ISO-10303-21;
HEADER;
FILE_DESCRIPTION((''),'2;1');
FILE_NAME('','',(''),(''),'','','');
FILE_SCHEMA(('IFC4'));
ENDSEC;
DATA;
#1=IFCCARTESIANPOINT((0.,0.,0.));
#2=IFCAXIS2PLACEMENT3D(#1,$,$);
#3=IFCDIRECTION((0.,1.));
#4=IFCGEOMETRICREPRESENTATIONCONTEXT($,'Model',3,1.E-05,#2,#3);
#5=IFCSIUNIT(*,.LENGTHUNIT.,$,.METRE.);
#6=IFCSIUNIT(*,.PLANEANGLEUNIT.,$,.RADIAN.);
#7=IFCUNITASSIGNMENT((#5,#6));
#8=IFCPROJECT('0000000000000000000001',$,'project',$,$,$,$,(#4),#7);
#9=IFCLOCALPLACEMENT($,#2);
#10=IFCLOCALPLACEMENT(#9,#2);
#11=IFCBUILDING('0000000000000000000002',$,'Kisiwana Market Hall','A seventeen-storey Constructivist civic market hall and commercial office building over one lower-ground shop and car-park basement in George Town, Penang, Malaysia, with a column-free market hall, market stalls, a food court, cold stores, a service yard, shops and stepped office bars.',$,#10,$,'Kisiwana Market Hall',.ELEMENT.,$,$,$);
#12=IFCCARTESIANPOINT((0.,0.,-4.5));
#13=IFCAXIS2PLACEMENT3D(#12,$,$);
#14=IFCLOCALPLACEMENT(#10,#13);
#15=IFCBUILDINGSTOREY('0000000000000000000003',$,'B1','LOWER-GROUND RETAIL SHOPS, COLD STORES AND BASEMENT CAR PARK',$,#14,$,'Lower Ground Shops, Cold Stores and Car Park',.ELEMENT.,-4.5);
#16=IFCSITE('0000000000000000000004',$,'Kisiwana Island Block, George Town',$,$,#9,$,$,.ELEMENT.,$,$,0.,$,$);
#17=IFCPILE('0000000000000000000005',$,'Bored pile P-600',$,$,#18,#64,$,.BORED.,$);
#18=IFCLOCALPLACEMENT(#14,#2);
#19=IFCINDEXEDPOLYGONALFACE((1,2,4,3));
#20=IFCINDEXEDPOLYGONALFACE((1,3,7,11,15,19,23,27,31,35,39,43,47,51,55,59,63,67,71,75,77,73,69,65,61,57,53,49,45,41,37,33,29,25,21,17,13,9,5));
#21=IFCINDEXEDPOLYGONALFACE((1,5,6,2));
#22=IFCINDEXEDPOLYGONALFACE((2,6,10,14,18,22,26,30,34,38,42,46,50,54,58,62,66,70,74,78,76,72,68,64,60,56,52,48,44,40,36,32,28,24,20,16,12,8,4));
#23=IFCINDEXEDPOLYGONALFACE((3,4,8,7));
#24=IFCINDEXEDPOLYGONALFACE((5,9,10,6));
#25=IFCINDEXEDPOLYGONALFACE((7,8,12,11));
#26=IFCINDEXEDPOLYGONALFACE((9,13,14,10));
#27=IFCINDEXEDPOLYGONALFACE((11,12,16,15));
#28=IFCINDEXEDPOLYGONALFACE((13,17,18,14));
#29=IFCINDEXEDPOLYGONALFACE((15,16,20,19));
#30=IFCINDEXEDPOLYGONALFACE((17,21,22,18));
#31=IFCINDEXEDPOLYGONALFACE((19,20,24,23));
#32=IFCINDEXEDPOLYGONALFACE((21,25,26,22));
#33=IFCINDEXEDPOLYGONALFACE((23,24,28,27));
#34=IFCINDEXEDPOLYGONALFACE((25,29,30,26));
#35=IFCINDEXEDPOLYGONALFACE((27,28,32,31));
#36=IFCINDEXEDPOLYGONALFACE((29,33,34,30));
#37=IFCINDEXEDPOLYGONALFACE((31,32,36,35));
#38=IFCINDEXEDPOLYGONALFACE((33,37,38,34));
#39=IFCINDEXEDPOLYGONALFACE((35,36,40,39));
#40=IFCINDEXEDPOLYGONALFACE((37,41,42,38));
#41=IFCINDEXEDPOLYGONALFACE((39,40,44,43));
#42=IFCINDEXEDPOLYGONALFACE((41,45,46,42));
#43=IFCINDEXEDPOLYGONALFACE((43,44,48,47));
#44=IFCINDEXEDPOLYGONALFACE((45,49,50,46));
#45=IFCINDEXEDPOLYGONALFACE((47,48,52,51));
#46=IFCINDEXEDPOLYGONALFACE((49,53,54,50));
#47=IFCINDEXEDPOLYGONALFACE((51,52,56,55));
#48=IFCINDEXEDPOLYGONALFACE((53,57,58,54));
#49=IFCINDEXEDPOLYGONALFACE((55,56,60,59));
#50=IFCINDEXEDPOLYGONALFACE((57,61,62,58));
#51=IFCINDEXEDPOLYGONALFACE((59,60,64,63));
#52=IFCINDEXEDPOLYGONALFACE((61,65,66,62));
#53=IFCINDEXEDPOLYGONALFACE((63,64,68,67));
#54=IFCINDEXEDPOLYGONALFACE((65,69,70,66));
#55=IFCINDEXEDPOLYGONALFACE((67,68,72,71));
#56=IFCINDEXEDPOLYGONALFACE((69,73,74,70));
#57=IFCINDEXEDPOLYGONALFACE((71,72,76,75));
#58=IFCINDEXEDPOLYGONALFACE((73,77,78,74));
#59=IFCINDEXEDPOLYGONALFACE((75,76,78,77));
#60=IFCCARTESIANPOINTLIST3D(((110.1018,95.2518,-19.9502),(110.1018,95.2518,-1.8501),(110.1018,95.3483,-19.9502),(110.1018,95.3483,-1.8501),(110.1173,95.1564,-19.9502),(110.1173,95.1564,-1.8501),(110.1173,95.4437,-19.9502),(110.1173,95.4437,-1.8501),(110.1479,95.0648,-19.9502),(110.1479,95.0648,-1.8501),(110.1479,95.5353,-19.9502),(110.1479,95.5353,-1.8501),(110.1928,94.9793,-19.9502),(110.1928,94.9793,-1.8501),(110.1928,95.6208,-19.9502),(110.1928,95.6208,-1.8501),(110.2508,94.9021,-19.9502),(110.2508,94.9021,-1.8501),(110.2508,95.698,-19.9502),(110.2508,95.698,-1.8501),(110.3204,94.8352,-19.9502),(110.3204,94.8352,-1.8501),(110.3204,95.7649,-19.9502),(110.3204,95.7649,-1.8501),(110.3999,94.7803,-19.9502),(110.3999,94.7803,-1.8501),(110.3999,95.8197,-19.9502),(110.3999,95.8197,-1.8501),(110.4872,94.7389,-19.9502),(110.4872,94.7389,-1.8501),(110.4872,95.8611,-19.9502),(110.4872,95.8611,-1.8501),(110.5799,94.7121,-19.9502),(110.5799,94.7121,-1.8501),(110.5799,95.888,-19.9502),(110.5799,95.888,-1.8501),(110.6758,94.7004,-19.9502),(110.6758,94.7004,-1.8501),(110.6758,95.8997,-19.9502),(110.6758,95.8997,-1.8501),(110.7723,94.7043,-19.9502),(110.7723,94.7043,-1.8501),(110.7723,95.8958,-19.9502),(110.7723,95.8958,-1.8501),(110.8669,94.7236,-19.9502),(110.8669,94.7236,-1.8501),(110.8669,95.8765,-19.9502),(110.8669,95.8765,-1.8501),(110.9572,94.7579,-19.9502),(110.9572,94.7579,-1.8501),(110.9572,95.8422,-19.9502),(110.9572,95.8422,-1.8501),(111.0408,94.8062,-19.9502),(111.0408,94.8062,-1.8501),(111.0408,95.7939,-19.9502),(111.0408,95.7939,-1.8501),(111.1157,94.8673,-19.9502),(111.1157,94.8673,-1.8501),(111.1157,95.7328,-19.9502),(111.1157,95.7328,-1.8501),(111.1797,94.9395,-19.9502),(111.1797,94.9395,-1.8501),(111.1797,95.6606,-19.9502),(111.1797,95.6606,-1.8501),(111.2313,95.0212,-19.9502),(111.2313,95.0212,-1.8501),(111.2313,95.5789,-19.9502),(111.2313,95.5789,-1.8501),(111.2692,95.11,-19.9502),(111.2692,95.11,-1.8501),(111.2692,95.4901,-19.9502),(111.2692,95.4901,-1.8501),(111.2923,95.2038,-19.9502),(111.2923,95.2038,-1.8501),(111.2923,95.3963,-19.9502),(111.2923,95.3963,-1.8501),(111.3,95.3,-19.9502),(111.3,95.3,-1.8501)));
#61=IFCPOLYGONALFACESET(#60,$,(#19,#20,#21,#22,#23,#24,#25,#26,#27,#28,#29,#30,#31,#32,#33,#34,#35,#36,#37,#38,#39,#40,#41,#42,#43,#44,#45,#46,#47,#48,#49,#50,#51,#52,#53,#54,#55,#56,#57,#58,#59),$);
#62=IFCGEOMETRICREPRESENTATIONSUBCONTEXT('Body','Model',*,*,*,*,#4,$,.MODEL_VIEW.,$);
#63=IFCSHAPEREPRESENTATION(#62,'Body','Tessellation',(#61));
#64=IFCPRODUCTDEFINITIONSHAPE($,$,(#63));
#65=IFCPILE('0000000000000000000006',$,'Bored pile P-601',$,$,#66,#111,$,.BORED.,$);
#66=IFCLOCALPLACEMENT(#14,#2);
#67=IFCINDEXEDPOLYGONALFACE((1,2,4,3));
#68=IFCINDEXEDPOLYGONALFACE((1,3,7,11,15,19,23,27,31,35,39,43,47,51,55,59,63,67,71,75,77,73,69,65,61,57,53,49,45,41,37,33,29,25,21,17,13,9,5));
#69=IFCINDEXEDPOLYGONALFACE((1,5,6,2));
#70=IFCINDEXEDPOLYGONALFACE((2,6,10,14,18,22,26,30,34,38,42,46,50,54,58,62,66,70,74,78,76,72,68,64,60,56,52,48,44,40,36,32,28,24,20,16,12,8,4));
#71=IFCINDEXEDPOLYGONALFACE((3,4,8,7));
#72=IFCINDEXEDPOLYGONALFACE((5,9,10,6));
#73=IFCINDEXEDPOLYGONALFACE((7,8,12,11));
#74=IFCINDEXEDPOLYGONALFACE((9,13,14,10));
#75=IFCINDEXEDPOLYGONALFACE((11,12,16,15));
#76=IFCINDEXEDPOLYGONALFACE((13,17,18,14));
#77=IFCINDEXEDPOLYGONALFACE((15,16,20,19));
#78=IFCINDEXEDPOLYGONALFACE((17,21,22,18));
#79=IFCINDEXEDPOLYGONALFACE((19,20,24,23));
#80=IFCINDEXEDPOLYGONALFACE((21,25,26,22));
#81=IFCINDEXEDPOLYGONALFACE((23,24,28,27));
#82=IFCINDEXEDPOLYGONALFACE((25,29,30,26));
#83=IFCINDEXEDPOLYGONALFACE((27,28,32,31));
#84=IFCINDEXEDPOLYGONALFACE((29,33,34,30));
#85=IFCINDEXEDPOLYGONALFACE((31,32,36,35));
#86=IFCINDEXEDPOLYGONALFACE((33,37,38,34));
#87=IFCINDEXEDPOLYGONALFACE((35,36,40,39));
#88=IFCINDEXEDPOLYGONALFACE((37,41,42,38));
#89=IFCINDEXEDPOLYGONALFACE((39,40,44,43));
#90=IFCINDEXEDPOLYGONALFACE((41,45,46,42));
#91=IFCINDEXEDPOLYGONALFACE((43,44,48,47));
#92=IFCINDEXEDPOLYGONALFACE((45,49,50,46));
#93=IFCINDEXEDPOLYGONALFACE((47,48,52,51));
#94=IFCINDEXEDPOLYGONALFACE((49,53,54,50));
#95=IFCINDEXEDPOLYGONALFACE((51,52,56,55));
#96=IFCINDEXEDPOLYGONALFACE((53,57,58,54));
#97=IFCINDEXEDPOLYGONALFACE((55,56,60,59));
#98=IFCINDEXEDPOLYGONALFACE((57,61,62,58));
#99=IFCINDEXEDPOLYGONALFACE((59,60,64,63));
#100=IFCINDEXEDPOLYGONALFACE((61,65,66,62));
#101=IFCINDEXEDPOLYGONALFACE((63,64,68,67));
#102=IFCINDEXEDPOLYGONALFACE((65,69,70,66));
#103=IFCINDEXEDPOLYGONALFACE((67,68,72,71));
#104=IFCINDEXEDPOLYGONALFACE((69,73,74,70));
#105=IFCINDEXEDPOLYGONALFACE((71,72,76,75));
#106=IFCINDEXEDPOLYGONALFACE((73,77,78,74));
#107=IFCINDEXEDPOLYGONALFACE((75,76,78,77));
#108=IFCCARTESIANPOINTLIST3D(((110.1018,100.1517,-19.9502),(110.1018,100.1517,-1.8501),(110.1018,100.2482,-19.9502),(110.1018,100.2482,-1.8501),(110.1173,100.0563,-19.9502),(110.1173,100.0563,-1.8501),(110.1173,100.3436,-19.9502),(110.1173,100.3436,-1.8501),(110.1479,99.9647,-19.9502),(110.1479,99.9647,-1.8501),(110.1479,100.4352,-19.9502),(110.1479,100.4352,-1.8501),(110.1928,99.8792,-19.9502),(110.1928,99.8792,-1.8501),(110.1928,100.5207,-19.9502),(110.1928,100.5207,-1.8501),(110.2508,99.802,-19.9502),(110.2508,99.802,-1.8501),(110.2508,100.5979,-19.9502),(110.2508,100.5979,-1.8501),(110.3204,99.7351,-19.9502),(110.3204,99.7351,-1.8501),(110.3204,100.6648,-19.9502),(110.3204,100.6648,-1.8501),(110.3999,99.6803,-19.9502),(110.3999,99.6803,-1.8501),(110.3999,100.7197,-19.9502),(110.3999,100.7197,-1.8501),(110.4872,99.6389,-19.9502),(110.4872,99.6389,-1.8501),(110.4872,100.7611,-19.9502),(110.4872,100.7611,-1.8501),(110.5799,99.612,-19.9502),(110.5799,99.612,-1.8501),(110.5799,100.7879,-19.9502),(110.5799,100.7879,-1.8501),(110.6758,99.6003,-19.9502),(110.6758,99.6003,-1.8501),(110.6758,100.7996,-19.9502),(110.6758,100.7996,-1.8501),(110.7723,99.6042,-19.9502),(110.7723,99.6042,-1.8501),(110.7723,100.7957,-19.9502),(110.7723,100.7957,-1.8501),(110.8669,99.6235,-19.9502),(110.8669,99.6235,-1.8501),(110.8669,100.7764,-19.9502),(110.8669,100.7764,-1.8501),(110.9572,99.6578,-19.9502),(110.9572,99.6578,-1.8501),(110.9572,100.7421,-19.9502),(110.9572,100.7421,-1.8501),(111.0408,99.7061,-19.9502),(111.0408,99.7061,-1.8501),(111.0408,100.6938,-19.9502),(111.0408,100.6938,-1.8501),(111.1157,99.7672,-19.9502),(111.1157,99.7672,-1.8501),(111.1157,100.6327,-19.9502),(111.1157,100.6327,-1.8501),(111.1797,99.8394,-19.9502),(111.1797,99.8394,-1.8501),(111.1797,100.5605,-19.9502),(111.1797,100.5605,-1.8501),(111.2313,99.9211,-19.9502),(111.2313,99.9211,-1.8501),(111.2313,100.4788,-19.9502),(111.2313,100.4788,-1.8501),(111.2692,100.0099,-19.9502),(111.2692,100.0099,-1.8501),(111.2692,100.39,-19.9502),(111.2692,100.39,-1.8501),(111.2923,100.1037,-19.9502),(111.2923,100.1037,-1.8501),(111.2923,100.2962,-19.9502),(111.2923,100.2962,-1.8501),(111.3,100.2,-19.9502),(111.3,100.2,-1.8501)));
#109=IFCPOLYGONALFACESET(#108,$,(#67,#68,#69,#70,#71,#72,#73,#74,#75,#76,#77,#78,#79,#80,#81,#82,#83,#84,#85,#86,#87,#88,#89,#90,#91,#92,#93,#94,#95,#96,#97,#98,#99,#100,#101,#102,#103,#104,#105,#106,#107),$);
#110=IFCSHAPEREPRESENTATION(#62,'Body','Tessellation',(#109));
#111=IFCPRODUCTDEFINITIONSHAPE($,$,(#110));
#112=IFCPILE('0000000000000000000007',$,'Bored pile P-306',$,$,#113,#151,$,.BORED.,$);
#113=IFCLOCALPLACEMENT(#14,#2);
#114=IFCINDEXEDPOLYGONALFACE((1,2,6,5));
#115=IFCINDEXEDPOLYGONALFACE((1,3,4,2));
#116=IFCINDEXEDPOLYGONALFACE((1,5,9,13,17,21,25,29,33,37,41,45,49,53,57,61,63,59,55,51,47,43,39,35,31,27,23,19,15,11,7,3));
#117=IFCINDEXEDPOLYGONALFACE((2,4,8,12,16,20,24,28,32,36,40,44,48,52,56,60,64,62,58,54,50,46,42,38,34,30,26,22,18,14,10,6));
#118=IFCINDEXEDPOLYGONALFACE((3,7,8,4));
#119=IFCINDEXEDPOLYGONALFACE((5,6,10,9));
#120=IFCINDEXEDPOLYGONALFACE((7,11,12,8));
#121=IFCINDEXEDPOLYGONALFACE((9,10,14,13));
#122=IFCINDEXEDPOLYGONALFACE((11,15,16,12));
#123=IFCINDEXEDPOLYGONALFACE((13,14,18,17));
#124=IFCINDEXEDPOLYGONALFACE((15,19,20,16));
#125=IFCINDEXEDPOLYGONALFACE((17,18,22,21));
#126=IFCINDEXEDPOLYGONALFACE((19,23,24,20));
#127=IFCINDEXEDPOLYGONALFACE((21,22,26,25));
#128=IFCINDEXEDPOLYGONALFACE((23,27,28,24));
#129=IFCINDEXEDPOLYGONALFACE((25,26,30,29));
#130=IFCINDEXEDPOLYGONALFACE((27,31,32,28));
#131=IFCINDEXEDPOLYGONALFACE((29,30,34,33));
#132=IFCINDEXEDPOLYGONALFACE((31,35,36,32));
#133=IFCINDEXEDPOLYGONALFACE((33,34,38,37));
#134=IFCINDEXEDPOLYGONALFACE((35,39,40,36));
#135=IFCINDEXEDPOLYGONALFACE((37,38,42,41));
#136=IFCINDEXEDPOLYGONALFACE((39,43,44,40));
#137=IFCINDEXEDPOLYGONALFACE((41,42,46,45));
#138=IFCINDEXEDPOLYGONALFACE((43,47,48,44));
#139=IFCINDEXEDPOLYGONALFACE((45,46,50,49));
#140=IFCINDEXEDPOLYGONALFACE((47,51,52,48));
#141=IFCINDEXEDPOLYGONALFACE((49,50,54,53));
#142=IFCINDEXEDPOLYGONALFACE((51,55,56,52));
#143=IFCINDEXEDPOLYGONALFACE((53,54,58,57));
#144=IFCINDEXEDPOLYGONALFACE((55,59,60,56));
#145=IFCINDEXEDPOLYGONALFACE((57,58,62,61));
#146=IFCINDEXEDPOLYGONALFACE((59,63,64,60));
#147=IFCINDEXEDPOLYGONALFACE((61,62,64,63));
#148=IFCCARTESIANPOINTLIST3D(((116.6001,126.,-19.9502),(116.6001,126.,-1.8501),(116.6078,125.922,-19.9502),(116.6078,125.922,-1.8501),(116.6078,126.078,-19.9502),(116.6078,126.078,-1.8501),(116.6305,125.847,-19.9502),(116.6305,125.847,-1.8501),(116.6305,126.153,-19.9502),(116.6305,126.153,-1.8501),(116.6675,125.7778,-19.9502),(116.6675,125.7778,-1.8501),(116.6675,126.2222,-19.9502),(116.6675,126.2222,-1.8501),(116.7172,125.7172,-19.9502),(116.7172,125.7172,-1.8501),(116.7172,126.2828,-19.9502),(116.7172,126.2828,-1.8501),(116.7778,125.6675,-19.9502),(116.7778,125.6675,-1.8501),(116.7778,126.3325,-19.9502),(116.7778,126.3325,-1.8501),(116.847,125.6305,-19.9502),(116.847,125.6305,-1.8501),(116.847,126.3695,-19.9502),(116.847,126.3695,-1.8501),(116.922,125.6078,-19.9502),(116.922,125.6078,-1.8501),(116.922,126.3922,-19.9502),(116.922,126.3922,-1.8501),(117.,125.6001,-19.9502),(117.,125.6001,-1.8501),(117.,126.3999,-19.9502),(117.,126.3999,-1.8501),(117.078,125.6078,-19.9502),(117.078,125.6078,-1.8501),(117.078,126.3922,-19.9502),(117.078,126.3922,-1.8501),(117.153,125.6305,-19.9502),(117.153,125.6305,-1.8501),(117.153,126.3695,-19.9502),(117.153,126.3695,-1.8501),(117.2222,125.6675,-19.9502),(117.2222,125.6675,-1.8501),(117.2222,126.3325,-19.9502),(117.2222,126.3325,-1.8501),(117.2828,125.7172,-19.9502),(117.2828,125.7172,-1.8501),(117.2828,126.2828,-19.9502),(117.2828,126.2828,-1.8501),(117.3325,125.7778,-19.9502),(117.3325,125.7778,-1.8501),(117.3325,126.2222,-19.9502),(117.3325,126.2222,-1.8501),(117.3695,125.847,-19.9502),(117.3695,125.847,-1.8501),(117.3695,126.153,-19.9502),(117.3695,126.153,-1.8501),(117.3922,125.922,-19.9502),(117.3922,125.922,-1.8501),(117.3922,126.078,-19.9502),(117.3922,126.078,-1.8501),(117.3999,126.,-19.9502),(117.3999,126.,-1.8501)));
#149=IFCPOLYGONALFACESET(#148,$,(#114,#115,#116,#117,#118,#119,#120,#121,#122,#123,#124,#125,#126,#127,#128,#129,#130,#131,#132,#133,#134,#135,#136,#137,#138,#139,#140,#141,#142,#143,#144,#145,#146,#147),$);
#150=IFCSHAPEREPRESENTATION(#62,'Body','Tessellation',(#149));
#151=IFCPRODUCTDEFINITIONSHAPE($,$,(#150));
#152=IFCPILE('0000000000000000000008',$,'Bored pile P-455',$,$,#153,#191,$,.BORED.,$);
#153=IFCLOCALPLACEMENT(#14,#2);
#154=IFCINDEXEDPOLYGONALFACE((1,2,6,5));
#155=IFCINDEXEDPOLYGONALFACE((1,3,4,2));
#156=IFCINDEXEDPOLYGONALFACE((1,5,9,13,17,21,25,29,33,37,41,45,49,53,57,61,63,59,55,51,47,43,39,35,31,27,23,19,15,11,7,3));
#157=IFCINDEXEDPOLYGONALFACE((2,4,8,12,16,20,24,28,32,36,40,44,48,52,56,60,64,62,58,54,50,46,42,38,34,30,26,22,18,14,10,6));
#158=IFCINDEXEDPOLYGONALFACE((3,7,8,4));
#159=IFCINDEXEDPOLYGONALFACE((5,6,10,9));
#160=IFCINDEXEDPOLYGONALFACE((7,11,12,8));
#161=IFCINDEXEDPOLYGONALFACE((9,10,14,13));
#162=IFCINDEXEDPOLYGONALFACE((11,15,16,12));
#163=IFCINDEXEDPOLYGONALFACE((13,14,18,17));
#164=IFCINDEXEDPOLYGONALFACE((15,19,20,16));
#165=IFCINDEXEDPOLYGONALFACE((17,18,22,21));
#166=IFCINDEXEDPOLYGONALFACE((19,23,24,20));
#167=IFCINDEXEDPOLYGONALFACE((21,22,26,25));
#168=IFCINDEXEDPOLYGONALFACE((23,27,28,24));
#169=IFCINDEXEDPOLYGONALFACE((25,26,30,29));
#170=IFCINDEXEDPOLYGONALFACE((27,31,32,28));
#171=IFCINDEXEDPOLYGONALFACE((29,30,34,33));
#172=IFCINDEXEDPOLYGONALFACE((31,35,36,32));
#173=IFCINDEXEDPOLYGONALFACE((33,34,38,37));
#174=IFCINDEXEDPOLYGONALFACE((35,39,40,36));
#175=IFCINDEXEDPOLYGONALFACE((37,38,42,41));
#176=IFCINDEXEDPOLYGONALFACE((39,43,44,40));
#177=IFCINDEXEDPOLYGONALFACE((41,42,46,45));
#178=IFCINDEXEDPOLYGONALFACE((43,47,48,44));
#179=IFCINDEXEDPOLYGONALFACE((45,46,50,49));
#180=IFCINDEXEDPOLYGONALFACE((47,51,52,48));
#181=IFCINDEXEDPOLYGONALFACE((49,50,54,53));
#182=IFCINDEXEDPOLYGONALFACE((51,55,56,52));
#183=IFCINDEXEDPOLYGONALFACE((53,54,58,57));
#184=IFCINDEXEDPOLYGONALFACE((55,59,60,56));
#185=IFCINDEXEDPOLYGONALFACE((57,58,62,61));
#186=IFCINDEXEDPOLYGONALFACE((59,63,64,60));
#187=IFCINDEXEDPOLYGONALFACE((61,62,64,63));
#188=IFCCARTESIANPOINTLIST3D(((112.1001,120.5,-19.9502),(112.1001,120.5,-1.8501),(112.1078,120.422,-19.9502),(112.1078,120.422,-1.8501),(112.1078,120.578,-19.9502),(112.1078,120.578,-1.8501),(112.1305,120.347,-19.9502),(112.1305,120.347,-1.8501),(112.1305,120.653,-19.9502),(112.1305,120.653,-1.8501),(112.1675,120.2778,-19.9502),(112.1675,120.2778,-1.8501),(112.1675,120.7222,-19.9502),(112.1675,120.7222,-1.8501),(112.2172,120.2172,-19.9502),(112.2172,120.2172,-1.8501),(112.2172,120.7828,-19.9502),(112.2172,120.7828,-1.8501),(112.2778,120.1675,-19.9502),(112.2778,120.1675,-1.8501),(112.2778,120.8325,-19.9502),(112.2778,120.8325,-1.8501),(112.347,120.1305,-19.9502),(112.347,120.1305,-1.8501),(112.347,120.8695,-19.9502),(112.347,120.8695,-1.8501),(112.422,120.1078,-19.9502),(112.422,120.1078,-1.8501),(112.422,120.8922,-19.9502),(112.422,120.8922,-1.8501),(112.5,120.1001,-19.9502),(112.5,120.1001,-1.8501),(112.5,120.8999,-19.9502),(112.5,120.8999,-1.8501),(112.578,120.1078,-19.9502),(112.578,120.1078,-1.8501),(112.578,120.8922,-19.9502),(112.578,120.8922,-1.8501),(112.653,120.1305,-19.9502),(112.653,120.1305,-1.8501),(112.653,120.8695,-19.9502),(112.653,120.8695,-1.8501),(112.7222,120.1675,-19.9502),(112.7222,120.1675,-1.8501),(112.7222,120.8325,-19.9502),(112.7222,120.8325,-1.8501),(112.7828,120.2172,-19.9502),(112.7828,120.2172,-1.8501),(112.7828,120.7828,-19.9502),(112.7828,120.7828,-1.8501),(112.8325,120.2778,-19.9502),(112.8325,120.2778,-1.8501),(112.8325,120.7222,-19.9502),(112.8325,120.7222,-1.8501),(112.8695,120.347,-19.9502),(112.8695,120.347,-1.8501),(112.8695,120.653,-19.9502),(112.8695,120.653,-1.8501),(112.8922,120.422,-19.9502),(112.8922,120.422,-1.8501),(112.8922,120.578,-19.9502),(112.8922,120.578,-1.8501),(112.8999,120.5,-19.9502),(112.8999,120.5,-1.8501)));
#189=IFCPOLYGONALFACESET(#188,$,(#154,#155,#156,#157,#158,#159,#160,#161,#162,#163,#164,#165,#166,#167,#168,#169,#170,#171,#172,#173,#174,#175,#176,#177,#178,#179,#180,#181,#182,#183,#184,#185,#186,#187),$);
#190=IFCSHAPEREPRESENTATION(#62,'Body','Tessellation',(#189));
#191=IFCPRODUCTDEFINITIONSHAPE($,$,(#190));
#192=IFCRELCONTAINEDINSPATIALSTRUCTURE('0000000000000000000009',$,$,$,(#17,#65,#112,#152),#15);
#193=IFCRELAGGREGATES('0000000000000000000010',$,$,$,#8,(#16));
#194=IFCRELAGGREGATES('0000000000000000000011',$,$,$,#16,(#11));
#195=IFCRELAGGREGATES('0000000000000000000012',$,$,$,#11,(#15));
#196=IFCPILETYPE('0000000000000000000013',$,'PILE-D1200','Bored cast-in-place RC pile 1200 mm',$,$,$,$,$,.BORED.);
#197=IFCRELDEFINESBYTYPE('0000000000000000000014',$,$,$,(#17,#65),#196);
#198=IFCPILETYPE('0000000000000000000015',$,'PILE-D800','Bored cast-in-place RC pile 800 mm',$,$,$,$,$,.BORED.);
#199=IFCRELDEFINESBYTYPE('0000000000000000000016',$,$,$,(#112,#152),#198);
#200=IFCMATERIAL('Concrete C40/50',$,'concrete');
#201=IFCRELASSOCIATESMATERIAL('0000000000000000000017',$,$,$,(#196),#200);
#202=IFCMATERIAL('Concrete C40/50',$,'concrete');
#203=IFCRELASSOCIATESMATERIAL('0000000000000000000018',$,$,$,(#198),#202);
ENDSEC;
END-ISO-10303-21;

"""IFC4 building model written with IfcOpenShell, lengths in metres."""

from ifc_helpers import new_model, si_unit, direction, frame, origin, origin_2d, place, context, subcontext, project, spatial, circle, extrude, material, material_profile, profile_set, type_object, element, save


model = new_model("IFC4")

# Units and contexts
model_context = context("Model", 3, precision=1e-05, world=origin(), true_north=direction((0.0, 1.0)))
body_context = subcontext(model_context, "Body", "Model", "MODEL_VIEW")
ifc_project = project(units=[si_unit("LENGTHUNIT", "METRE"), si_unit("PLANEANGLEUNIT", "RADIAN")], contexts=[model_context])

# Site, building, storey
site_placement = place(None, origin())
site = spatial("IfcSite", under=ifc_project, at=site_placement, Name="Kisiwana Island Block, George Town", CompositionType="ELEMENT", RefElevation=0.0)
building_placement = place(site_placement, origin())
building = spatial("IfcBuilding", under=site, at=building_placement, Name="Kisiwana Market Hall", Description="A seventeen-storey Constructivist civic market hall and commercial office building over one lower-ground shop and car-park basement in George Town, Penang, Malaysia, with a column-free market hall, market stalls, a food court, cold stores, a service yard, shops and stepped office bars.", LongName="Kisiwana Market Hall", CompositionType="ELEMENT")
storey_placement = place(building_placement, frame((0.0, 0.0, -4.5)))
storey = spatial("IfcBuildingStorey", under=building, at=storey_placement, Name="B1", Description="LOWER-GROUND RETAIL SHOPS, COLD STORES AND BASEMENT CAR PARK", LongName="Lower Ground Shops, Cold Stores and Car Park", CompositionType="ELEMENT", Elevation=-4.5)

# Piles
ifc_material_1 = material(Name="Concrete C40/50", Category="concrete")
ifc_material_profile_1 = material_profile(ifc_material_1, circle(Radius=0.6001, at=origin_2d()), Name="BP D1200")
ifc_profile_set_1 = profile_set([ifc_material_profile_1], Name="Concrete C40/50")
pile_type_1 = type_object("IfcPileType", Name="PILE-D1200", Description="Bored cast-in-place RC pile 1200 mm", PredefinedType="BORED", material=ifc_profile_set_1)
for number, where, z_axis, x_axis, name in (
    (1, (110.7, 95.3, -1.8501), (0.0, 0.0, -1.0), (1.0, 0.0, 0.0), "Bored pile P-600"),
    (2, (110.7, 100.2, -1.8501), (0.0, 0.0, -1.0), (1.0, 0.0, 0.0), "Bored pile P-601"),
):
    element("IfcPile", number, at=place(storey_placement, frame(where, z_axis=z_axis, x_axis=x_axis)), inside=storey, type_object=pile_type_1, Name=name, PredefinedType="BORED", context=body_context, shape_type="SweptSolid", body=[
        extrude(circle(Radius=0.6001, at=origin_2d()), origin(), (0.0, 0.0, 1.0), 18.1001),
    ])
ifc_material_2 = material(Name="Concrete C40/50", Category="concrete")
ifc_material_profile_2 = material_profile(ifc_material_2, circle(Radius=0.3999, at=origin_2d()), Name="BP D800")
ifc_profile_set_2 = profile_set([ifc_material_profile_2], Name="Concrete C40/50")
pile_type_2 = type_object("IfcPileType", Name="PILE-D800", Description="Bored cast-in-place RC pile 800 mm", PredefinedType="BORED", material=ifc_profile_set_2)
for number, where, z_axis, x_axis, name in (
    (3, (117.0, 126.0, -1.8501), (0.0, 0.0, -1.0), (1.0, 0.0, 0.0), "Bored pile P-306"),
    (4, (112.5, 120.5, -1.8501), (0.0, 0.0, -1.0), (1.0, 0.0, 0.0), "Bored pile P-455"),
):
    element("IfcPile", number, at=place(storey_placement, frame(where, z_axis=z_axis, x_axis=x_axis)), inside=storey, type_object=pile_type_2, Name=name, PredefinedType="BORED", context=body_context, shape_type="SweptSolid", body=[
        extrude(circle(Radius=0.3999, at=origin_2d()), origin(), (0.0, 0.0, 1.0), 18.1001),
    ])

save(model, "model.ifc")
